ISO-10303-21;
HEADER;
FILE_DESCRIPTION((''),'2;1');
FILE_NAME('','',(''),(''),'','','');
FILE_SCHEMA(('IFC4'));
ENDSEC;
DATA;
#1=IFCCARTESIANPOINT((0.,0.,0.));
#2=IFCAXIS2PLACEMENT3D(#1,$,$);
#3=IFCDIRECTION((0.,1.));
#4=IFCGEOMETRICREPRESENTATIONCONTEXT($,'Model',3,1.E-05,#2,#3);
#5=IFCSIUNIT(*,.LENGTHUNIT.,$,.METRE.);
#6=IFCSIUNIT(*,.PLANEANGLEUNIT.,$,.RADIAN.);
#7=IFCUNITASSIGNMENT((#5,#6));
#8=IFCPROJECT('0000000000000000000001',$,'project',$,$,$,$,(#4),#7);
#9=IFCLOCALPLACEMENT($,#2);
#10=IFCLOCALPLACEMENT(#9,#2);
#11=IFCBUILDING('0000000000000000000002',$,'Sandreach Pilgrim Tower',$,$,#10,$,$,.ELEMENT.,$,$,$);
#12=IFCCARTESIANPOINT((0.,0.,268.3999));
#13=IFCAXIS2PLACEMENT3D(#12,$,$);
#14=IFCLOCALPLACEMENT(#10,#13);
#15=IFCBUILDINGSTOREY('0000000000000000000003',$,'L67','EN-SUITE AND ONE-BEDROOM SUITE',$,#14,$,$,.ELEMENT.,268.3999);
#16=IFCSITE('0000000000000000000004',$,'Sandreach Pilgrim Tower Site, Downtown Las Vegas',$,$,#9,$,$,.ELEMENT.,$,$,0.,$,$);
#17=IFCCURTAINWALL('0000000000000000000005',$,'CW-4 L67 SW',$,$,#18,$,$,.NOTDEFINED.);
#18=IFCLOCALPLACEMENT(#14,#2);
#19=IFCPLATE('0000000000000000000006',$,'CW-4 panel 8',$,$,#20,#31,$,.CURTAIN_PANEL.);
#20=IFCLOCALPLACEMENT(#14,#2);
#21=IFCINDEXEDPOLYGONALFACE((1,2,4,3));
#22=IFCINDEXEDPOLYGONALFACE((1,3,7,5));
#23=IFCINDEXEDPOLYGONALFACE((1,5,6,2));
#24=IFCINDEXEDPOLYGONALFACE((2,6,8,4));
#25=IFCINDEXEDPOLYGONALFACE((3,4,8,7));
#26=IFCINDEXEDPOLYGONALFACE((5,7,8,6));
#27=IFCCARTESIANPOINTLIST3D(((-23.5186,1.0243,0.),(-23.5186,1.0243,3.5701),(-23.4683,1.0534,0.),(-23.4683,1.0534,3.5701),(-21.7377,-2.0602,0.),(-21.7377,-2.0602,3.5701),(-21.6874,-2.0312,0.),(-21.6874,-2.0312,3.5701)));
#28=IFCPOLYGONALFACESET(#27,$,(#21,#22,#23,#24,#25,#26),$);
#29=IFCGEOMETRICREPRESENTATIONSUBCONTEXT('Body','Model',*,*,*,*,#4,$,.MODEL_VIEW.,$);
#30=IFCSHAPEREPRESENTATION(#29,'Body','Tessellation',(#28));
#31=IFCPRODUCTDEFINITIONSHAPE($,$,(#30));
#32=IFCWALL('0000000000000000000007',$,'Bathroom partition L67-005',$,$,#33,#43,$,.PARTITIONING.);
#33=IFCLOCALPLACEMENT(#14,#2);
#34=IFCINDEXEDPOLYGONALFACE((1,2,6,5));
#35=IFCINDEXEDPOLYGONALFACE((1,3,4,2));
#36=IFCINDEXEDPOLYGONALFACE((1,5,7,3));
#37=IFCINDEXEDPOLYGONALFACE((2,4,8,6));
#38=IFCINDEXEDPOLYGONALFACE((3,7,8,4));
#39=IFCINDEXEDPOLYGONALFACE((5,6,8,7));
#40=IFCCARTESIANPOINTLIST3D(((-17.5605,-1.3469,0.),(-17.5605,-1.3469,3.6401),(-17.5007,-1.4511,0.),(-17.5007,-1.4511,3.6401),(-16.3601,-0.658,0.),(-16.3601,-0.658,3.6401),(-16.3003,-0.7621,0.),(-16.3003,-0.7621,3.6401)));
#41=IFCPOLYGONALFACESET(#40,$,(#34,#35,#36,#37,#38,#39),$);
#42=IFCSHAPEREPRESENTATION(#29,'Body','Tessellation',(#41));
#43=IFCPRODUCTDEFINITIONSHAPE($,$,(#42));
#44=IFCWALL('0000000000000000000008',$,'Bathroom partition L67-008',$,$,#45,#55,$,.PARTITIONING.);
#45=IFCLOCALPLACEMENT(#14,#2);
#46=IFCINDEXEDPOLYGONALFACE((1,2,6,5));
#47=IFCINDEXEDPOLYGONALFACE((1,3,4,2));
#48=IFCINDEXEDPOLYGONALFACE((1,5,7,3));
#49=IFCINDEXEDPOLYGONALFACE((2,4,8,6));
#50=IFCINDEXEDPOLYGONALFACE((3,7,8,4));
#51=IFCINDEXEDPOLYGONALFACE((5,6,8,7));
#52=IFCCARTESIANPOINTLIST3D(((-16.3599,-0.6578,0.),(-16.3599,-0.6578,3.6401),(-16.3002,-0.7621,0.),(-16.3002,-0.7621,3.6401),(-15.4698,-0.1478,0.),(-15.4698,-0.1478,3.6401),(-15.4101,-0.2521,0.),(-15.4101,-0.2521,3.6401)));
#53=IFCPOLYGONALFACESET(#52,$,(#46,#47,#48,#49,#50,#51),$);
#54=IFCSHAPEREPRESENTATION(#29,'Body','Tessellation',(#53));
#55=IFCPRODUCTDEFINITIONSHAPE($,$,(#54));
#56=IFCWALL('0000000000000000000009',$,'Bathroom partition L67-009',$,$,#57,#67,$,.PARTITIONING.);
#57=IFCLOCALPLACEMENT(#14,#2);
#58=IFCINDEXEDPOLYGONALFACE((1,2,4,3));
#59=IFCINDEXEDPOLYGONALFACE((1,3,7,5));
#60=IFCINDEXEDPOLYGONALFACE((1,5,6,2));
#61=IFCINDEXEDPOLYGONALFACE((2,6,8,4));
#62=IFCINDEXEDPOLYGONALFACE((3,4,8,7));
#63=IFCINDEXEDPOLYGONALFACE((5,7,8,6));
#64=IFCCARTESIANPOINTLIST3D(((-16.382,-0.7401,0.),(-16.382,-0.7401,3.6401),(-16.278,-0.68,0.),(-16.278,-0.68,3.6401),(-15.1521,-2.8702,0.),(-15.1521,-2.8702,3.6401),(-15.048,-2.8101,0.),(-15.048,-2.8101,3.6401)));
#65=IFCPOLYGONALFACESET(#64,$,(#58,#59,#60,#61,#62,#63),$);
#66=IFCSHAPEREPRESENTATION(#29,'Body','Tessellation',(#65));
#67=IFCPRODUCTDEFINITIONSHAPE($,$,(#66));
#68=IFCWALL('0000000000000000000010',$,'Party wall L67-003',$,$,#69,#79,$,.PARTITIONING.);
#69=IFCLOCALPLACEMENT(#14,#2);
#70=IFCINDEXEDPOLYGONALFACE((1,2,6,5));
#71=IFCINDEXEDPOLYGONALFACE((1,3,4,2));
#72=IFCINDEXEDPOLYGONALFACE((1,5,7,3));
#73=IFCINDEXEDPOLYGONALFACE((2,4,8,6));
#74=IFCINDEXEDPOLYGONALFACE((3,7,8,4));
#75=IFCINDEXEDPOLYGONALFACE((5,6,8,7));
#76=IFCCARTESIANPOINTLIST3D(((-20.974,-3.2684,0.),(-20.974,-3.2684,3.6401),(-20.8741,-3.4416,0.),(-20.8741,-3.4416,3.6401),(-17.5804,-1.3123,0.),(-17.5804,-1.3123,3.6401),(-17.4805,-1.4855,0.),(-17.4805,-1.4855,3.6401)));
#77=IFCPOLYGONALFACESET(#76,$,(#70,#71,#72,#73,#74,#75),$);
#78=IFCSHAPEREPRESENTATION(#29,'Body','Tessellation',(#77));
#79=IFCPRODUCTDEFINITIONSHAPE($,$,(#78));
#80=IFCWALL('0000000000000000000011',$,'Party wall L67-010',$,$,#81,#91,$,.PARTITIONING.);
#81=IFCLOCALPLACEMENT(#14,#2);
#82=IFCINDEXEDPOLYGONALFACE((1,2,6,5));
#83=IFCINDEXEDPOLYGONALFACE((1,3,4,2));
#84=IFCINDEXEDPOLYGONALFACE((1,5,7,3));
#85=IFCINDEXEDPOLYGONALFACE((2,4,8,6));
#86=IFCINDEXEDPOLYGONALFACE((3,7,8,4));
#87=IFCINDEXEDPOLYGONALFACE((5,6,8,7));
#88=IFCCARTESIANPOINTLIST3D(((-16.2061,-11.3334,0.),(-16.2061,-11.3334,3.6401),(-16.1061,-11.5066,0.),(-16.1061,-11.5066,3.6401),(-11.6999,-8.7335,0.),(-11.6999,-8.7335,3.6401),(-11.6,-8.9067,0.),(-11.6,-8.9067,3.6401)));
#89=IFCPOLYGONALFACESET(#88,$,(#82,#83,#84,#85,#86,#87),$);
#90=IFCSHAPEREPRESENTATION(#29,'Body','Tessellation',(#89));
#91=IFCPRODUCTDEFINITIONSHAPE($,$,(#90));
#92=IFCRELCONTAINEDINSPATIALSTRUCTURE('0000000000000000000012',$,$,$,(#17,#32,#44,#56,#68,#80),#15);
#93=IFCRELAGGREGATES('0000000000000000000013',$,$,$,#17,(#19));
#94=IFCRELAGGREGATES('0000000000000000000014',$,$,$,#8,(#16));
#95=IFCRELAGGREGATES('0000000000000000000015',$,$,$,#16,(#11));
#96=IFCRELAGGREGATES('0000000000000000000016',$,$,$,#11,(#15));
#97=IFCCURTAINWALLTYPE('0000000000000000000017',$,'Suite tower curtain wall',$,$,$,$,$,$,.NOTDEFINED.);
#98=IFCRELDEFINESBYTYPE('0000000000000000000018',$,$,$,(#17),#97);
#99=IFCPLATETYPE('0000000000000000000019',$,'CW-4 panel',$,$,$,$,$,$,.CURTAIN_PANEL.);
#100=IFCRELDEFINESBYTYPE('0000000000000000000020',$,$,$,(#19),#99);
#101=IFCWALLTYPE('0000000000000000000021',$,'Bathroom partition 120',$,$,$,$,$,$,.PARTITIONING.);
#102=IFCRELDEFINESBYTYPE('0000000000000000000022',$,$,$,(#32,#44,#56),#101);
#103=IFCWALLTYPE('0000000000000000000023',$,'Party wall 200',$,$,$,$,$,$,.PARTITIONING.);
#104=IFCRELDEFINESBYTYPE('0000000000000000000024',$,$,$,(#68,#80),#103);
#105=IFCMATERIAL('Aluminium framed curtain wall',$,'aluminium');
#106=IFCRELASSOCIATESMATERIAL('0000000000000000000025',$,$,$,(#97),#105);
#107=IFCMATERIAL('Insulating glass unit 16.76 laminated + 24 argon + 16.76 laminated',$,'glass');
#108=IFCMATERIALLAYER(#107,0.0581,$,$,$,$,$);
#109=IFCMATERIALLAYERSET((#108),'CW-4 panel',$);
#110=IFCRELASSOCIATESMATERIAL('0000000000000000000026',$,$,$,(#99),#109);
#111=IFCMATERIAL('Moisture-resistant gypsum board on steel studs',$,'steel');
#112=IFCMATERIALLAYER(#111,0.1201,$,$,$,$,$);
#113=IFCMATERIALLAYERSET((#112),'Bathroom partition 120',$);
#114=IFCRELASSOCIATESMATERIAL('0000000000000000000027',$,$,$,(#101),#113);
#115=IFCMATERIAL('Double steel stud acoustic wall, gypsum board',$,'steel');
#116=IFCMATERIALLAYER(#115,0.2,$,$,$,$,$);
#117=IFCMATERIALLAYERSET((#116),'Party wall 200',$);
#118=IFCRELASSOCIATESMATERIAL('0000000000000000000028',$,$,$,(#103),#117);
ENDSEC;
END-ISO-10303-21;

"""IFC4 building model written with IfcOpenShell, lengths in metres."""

from ifc_helpers import new_model, si_unit, direction, frame, frame_2d, origin, origin_2d, place, context, subcontext, project, spatial, rectangle, extrude, material, layer, layer_set, type_object, element, aggregate, save


model = new_model("IFC4")

# Units and contexts
model_context = context("Model", 3, precision=1e-05, world=origin(), true_north=direction((0.0, 1.0)))
body_context = subcontext(model_context, "Body", "Model", "MODEL_VIEW")
ifc_project = project(units=[si_unit("LENGTHUNIT", "METRE"), si_unit("PLANEANGLEUNIT", "RADIAN")], contexts=[model_context])

# Site, building, storey
site_placement = place(None, origin())
site = spatial("IfcSite", under=ifc_project, at=site_placement, Name="Sandreach Pilgrim Tower Site, Downtown Las Vegas", CompositionType="ELEMENT", RefElevation=0.0)
building_placement = place(site_placement, origin())
building = spatial("IfcBuilding", under=site, at=building_placement, Name="Sandreach Pilgrim Tower", CompositionType="ELEMENT")
storey_placement = place(building_placement, frame((0.0, 0.0, 268.3999)))
storey = spatial("IfcBuildingStorey", under=building, at=storey_placement, Name="L67", Description="EN-SUITE AND ONE-BEDROOM SUITE", CompositionType="ELEMENT", Elevation=268.3999)

# Curtain wall
ifc_material_1 = material(Name="Aluminium framed curtain wall", Category="aluminium")
curtain_wall_type = type_object("IfcCurtainWallType", Name="Suite tower curtain wall", PredefinedType="NOTDEFINED", material=ifc_material_1)
curtain_wall_placement = place(storey_placement, origin())
curtain_wall = element("IfcCurtainWall", 1, at=curtain_wall_placement, inside=storey, type_object=curtain_wall_type, Name="CW-4 L67 SW", PredefinedType="NOTDEFINED")

# Plate
ifc_material_2 = material(Name="Insulating glass unit 16.76 laminated + 24 argon + 16.76 laminated", Category="glass")
ifc_layer_1 = layer(ifc_material_2, 0.0581)
ifc_layer_set_1 = layer_set([ifc_layer_1], Name="CW-4 panel")
plate_type = type_object("IfcPlateType", Name="CW-4 panel", PredefinedType="CURTAIN_PANEL", material=ifc_layer_set_1)
plate_1_placement = place(storey_placement, frame((-22.603, -0.5034, 0.0), z_axis=(0.0, 0.0, 1.0), x_axis=(-0.5, 0.866025, 0.0)))
plate_1 = element("IfcPlate", 2, at=plate_1_placement, type_object=plate_type, Name="CW-4 panel 8", PredefinedType="CURTAIN_PANEL", context=body_context, shape_type="SweptSolid", body=[
    extrude(rectangle(XDim=3.5618, YDim=0.0581, at=origin_2d()), origin(), (0.0, 0.0, 1.0), 3.5701),
])
aggregate(curtain_wall, [plate_1])

# Walls
ifc_material_3 = material(Name="Moisture-resistant gypsum board on steel studs", Category="steel")
ifc_layer_2 = layer(ifc_material_3, 0.1201)
ifc_layer_set_2 = layer_set([ifc_layer_2], Name="Bathroom partition 120")
wall_type_1 = type_object("IfcWallType", Name="Bathroom partition 120", PredefinedType="PARTITIONING", material=ifc_layer_set_2)
wall_1_placement = place(storey_placement, frame((-17.5305, -1.3989, 0.0), z_axis=(0.0, 0.0, 1.0), x_axis=(0.867308, 0.497772, 0.0)))
element("IfcWall", 3, at=wall_1_placement, inside=storey, type_object=wall_type_1, Name="Bathroom partition L67-005", PredefinedType="PARTITIONING", context=body_context, shape_type="SweptSolid", body=[
    extrude(rectangle(XDim=1.384, YDim=0.1201, at=frame_2d((0.6919, 0.0))), origin(), (0.0, 0.0, 1.0), 3.6401),
])
wall_2_placement = place(storey_placement, frame((-16.3301, -0.71, 0.0), z_axis=(0.0, 0.0, 1.0), x_axis=(0.867671, 0.497138, 0.0)))
element("IfcWall", 4, at=wall_2_placement, inside=storey, type_object=wall_type_1, Name="Bathroom partition L67-008", PredefinedType="PARTITIONING", context=body_context, shape_type="SweptSolid", body=[
    extrude(rectangle(XDim=1.0259, YDim=0.1201, at=frame_2d((0.5129, 0.0))), origin(), (0.0, 0.0, 1.0), 3.6401),
])
wall_3_placement = place(storey_placement, frame((-16.3301, -0.71, 0.0), z_axis=(0.0, 0.0, 1.0), x_axis=(0.500046, -0.865999, 0.0)))
element("IfcWall", 5, at=wall_3_placement, inside=storey, type_object=wall_type_1, Name="Bathroom partition L67-009", PredefinedType="PARTITIONING", context=body_context, shape_type="SweptSolid", body=[
    extrude(rectangle(XDim=2.4597, YDim=0.1201, at=frame_2d((1.23, 0.0))), origin(), (0.0, 0.0, 1.0), 3.6401),
])
ifc_material_4 = material(Name="Double steel stud acoustic wall, gypsum board", Category="steel")
ifc_layer_3 = layer(ifc_material_4, 0.2)
ifc_layer_set_3 = layer_set([ifc_layer_3], Name="Party wall 200")
wall_type_2 = type_object("IfcWallType", Name="Party wall 200", PredefinedType="PARTITIONING", material=ifc_layer_set_3)
wall_4_placement = place(storey_placement, frame((-20.9241, -3.355, 0.0), z_axis=(0.0, 0.0, 1.0), x_axis=(0.866381, 0.499384, 0.0)))
element("IfcWall", 6, at=wall_4_placement, inside=storey, type_object=wall_type_2, Name="Party wall L67-003", PredefinedType="PARTITIONING", context=body_context, shape_type="SweptSolid", body=[
    extrude(rectangle(XDim=3.917, YDim=0.2, at=frame_2d((1.9585, 0.0))), origin(), (0.0, 0.0, 1.0), 3.6401),
])
wall_5_placement = place(storey_placement, frame((-16.156, -11.4199, 0.0), z_axis=(0.0, 0.0, 1.0), x_axis=(0.866171, 0.499748, 0.0)))
element("IfcWall", 7, at=wall_5_placement, inside=storey, type_object=wall_type_2, Name="Party wall L67-010", PredefinedType="PARTITIONING", context=body_context, shape_type="SweptSolid", body=[
    extrude(rectangle(XDim=5.2024, YDim=0.2, at=frame_2d((2.6011, 0.0))), origin(), (0.0, 0.0, 1.0), 3.6401),
])

save(model, "model.ifc")
